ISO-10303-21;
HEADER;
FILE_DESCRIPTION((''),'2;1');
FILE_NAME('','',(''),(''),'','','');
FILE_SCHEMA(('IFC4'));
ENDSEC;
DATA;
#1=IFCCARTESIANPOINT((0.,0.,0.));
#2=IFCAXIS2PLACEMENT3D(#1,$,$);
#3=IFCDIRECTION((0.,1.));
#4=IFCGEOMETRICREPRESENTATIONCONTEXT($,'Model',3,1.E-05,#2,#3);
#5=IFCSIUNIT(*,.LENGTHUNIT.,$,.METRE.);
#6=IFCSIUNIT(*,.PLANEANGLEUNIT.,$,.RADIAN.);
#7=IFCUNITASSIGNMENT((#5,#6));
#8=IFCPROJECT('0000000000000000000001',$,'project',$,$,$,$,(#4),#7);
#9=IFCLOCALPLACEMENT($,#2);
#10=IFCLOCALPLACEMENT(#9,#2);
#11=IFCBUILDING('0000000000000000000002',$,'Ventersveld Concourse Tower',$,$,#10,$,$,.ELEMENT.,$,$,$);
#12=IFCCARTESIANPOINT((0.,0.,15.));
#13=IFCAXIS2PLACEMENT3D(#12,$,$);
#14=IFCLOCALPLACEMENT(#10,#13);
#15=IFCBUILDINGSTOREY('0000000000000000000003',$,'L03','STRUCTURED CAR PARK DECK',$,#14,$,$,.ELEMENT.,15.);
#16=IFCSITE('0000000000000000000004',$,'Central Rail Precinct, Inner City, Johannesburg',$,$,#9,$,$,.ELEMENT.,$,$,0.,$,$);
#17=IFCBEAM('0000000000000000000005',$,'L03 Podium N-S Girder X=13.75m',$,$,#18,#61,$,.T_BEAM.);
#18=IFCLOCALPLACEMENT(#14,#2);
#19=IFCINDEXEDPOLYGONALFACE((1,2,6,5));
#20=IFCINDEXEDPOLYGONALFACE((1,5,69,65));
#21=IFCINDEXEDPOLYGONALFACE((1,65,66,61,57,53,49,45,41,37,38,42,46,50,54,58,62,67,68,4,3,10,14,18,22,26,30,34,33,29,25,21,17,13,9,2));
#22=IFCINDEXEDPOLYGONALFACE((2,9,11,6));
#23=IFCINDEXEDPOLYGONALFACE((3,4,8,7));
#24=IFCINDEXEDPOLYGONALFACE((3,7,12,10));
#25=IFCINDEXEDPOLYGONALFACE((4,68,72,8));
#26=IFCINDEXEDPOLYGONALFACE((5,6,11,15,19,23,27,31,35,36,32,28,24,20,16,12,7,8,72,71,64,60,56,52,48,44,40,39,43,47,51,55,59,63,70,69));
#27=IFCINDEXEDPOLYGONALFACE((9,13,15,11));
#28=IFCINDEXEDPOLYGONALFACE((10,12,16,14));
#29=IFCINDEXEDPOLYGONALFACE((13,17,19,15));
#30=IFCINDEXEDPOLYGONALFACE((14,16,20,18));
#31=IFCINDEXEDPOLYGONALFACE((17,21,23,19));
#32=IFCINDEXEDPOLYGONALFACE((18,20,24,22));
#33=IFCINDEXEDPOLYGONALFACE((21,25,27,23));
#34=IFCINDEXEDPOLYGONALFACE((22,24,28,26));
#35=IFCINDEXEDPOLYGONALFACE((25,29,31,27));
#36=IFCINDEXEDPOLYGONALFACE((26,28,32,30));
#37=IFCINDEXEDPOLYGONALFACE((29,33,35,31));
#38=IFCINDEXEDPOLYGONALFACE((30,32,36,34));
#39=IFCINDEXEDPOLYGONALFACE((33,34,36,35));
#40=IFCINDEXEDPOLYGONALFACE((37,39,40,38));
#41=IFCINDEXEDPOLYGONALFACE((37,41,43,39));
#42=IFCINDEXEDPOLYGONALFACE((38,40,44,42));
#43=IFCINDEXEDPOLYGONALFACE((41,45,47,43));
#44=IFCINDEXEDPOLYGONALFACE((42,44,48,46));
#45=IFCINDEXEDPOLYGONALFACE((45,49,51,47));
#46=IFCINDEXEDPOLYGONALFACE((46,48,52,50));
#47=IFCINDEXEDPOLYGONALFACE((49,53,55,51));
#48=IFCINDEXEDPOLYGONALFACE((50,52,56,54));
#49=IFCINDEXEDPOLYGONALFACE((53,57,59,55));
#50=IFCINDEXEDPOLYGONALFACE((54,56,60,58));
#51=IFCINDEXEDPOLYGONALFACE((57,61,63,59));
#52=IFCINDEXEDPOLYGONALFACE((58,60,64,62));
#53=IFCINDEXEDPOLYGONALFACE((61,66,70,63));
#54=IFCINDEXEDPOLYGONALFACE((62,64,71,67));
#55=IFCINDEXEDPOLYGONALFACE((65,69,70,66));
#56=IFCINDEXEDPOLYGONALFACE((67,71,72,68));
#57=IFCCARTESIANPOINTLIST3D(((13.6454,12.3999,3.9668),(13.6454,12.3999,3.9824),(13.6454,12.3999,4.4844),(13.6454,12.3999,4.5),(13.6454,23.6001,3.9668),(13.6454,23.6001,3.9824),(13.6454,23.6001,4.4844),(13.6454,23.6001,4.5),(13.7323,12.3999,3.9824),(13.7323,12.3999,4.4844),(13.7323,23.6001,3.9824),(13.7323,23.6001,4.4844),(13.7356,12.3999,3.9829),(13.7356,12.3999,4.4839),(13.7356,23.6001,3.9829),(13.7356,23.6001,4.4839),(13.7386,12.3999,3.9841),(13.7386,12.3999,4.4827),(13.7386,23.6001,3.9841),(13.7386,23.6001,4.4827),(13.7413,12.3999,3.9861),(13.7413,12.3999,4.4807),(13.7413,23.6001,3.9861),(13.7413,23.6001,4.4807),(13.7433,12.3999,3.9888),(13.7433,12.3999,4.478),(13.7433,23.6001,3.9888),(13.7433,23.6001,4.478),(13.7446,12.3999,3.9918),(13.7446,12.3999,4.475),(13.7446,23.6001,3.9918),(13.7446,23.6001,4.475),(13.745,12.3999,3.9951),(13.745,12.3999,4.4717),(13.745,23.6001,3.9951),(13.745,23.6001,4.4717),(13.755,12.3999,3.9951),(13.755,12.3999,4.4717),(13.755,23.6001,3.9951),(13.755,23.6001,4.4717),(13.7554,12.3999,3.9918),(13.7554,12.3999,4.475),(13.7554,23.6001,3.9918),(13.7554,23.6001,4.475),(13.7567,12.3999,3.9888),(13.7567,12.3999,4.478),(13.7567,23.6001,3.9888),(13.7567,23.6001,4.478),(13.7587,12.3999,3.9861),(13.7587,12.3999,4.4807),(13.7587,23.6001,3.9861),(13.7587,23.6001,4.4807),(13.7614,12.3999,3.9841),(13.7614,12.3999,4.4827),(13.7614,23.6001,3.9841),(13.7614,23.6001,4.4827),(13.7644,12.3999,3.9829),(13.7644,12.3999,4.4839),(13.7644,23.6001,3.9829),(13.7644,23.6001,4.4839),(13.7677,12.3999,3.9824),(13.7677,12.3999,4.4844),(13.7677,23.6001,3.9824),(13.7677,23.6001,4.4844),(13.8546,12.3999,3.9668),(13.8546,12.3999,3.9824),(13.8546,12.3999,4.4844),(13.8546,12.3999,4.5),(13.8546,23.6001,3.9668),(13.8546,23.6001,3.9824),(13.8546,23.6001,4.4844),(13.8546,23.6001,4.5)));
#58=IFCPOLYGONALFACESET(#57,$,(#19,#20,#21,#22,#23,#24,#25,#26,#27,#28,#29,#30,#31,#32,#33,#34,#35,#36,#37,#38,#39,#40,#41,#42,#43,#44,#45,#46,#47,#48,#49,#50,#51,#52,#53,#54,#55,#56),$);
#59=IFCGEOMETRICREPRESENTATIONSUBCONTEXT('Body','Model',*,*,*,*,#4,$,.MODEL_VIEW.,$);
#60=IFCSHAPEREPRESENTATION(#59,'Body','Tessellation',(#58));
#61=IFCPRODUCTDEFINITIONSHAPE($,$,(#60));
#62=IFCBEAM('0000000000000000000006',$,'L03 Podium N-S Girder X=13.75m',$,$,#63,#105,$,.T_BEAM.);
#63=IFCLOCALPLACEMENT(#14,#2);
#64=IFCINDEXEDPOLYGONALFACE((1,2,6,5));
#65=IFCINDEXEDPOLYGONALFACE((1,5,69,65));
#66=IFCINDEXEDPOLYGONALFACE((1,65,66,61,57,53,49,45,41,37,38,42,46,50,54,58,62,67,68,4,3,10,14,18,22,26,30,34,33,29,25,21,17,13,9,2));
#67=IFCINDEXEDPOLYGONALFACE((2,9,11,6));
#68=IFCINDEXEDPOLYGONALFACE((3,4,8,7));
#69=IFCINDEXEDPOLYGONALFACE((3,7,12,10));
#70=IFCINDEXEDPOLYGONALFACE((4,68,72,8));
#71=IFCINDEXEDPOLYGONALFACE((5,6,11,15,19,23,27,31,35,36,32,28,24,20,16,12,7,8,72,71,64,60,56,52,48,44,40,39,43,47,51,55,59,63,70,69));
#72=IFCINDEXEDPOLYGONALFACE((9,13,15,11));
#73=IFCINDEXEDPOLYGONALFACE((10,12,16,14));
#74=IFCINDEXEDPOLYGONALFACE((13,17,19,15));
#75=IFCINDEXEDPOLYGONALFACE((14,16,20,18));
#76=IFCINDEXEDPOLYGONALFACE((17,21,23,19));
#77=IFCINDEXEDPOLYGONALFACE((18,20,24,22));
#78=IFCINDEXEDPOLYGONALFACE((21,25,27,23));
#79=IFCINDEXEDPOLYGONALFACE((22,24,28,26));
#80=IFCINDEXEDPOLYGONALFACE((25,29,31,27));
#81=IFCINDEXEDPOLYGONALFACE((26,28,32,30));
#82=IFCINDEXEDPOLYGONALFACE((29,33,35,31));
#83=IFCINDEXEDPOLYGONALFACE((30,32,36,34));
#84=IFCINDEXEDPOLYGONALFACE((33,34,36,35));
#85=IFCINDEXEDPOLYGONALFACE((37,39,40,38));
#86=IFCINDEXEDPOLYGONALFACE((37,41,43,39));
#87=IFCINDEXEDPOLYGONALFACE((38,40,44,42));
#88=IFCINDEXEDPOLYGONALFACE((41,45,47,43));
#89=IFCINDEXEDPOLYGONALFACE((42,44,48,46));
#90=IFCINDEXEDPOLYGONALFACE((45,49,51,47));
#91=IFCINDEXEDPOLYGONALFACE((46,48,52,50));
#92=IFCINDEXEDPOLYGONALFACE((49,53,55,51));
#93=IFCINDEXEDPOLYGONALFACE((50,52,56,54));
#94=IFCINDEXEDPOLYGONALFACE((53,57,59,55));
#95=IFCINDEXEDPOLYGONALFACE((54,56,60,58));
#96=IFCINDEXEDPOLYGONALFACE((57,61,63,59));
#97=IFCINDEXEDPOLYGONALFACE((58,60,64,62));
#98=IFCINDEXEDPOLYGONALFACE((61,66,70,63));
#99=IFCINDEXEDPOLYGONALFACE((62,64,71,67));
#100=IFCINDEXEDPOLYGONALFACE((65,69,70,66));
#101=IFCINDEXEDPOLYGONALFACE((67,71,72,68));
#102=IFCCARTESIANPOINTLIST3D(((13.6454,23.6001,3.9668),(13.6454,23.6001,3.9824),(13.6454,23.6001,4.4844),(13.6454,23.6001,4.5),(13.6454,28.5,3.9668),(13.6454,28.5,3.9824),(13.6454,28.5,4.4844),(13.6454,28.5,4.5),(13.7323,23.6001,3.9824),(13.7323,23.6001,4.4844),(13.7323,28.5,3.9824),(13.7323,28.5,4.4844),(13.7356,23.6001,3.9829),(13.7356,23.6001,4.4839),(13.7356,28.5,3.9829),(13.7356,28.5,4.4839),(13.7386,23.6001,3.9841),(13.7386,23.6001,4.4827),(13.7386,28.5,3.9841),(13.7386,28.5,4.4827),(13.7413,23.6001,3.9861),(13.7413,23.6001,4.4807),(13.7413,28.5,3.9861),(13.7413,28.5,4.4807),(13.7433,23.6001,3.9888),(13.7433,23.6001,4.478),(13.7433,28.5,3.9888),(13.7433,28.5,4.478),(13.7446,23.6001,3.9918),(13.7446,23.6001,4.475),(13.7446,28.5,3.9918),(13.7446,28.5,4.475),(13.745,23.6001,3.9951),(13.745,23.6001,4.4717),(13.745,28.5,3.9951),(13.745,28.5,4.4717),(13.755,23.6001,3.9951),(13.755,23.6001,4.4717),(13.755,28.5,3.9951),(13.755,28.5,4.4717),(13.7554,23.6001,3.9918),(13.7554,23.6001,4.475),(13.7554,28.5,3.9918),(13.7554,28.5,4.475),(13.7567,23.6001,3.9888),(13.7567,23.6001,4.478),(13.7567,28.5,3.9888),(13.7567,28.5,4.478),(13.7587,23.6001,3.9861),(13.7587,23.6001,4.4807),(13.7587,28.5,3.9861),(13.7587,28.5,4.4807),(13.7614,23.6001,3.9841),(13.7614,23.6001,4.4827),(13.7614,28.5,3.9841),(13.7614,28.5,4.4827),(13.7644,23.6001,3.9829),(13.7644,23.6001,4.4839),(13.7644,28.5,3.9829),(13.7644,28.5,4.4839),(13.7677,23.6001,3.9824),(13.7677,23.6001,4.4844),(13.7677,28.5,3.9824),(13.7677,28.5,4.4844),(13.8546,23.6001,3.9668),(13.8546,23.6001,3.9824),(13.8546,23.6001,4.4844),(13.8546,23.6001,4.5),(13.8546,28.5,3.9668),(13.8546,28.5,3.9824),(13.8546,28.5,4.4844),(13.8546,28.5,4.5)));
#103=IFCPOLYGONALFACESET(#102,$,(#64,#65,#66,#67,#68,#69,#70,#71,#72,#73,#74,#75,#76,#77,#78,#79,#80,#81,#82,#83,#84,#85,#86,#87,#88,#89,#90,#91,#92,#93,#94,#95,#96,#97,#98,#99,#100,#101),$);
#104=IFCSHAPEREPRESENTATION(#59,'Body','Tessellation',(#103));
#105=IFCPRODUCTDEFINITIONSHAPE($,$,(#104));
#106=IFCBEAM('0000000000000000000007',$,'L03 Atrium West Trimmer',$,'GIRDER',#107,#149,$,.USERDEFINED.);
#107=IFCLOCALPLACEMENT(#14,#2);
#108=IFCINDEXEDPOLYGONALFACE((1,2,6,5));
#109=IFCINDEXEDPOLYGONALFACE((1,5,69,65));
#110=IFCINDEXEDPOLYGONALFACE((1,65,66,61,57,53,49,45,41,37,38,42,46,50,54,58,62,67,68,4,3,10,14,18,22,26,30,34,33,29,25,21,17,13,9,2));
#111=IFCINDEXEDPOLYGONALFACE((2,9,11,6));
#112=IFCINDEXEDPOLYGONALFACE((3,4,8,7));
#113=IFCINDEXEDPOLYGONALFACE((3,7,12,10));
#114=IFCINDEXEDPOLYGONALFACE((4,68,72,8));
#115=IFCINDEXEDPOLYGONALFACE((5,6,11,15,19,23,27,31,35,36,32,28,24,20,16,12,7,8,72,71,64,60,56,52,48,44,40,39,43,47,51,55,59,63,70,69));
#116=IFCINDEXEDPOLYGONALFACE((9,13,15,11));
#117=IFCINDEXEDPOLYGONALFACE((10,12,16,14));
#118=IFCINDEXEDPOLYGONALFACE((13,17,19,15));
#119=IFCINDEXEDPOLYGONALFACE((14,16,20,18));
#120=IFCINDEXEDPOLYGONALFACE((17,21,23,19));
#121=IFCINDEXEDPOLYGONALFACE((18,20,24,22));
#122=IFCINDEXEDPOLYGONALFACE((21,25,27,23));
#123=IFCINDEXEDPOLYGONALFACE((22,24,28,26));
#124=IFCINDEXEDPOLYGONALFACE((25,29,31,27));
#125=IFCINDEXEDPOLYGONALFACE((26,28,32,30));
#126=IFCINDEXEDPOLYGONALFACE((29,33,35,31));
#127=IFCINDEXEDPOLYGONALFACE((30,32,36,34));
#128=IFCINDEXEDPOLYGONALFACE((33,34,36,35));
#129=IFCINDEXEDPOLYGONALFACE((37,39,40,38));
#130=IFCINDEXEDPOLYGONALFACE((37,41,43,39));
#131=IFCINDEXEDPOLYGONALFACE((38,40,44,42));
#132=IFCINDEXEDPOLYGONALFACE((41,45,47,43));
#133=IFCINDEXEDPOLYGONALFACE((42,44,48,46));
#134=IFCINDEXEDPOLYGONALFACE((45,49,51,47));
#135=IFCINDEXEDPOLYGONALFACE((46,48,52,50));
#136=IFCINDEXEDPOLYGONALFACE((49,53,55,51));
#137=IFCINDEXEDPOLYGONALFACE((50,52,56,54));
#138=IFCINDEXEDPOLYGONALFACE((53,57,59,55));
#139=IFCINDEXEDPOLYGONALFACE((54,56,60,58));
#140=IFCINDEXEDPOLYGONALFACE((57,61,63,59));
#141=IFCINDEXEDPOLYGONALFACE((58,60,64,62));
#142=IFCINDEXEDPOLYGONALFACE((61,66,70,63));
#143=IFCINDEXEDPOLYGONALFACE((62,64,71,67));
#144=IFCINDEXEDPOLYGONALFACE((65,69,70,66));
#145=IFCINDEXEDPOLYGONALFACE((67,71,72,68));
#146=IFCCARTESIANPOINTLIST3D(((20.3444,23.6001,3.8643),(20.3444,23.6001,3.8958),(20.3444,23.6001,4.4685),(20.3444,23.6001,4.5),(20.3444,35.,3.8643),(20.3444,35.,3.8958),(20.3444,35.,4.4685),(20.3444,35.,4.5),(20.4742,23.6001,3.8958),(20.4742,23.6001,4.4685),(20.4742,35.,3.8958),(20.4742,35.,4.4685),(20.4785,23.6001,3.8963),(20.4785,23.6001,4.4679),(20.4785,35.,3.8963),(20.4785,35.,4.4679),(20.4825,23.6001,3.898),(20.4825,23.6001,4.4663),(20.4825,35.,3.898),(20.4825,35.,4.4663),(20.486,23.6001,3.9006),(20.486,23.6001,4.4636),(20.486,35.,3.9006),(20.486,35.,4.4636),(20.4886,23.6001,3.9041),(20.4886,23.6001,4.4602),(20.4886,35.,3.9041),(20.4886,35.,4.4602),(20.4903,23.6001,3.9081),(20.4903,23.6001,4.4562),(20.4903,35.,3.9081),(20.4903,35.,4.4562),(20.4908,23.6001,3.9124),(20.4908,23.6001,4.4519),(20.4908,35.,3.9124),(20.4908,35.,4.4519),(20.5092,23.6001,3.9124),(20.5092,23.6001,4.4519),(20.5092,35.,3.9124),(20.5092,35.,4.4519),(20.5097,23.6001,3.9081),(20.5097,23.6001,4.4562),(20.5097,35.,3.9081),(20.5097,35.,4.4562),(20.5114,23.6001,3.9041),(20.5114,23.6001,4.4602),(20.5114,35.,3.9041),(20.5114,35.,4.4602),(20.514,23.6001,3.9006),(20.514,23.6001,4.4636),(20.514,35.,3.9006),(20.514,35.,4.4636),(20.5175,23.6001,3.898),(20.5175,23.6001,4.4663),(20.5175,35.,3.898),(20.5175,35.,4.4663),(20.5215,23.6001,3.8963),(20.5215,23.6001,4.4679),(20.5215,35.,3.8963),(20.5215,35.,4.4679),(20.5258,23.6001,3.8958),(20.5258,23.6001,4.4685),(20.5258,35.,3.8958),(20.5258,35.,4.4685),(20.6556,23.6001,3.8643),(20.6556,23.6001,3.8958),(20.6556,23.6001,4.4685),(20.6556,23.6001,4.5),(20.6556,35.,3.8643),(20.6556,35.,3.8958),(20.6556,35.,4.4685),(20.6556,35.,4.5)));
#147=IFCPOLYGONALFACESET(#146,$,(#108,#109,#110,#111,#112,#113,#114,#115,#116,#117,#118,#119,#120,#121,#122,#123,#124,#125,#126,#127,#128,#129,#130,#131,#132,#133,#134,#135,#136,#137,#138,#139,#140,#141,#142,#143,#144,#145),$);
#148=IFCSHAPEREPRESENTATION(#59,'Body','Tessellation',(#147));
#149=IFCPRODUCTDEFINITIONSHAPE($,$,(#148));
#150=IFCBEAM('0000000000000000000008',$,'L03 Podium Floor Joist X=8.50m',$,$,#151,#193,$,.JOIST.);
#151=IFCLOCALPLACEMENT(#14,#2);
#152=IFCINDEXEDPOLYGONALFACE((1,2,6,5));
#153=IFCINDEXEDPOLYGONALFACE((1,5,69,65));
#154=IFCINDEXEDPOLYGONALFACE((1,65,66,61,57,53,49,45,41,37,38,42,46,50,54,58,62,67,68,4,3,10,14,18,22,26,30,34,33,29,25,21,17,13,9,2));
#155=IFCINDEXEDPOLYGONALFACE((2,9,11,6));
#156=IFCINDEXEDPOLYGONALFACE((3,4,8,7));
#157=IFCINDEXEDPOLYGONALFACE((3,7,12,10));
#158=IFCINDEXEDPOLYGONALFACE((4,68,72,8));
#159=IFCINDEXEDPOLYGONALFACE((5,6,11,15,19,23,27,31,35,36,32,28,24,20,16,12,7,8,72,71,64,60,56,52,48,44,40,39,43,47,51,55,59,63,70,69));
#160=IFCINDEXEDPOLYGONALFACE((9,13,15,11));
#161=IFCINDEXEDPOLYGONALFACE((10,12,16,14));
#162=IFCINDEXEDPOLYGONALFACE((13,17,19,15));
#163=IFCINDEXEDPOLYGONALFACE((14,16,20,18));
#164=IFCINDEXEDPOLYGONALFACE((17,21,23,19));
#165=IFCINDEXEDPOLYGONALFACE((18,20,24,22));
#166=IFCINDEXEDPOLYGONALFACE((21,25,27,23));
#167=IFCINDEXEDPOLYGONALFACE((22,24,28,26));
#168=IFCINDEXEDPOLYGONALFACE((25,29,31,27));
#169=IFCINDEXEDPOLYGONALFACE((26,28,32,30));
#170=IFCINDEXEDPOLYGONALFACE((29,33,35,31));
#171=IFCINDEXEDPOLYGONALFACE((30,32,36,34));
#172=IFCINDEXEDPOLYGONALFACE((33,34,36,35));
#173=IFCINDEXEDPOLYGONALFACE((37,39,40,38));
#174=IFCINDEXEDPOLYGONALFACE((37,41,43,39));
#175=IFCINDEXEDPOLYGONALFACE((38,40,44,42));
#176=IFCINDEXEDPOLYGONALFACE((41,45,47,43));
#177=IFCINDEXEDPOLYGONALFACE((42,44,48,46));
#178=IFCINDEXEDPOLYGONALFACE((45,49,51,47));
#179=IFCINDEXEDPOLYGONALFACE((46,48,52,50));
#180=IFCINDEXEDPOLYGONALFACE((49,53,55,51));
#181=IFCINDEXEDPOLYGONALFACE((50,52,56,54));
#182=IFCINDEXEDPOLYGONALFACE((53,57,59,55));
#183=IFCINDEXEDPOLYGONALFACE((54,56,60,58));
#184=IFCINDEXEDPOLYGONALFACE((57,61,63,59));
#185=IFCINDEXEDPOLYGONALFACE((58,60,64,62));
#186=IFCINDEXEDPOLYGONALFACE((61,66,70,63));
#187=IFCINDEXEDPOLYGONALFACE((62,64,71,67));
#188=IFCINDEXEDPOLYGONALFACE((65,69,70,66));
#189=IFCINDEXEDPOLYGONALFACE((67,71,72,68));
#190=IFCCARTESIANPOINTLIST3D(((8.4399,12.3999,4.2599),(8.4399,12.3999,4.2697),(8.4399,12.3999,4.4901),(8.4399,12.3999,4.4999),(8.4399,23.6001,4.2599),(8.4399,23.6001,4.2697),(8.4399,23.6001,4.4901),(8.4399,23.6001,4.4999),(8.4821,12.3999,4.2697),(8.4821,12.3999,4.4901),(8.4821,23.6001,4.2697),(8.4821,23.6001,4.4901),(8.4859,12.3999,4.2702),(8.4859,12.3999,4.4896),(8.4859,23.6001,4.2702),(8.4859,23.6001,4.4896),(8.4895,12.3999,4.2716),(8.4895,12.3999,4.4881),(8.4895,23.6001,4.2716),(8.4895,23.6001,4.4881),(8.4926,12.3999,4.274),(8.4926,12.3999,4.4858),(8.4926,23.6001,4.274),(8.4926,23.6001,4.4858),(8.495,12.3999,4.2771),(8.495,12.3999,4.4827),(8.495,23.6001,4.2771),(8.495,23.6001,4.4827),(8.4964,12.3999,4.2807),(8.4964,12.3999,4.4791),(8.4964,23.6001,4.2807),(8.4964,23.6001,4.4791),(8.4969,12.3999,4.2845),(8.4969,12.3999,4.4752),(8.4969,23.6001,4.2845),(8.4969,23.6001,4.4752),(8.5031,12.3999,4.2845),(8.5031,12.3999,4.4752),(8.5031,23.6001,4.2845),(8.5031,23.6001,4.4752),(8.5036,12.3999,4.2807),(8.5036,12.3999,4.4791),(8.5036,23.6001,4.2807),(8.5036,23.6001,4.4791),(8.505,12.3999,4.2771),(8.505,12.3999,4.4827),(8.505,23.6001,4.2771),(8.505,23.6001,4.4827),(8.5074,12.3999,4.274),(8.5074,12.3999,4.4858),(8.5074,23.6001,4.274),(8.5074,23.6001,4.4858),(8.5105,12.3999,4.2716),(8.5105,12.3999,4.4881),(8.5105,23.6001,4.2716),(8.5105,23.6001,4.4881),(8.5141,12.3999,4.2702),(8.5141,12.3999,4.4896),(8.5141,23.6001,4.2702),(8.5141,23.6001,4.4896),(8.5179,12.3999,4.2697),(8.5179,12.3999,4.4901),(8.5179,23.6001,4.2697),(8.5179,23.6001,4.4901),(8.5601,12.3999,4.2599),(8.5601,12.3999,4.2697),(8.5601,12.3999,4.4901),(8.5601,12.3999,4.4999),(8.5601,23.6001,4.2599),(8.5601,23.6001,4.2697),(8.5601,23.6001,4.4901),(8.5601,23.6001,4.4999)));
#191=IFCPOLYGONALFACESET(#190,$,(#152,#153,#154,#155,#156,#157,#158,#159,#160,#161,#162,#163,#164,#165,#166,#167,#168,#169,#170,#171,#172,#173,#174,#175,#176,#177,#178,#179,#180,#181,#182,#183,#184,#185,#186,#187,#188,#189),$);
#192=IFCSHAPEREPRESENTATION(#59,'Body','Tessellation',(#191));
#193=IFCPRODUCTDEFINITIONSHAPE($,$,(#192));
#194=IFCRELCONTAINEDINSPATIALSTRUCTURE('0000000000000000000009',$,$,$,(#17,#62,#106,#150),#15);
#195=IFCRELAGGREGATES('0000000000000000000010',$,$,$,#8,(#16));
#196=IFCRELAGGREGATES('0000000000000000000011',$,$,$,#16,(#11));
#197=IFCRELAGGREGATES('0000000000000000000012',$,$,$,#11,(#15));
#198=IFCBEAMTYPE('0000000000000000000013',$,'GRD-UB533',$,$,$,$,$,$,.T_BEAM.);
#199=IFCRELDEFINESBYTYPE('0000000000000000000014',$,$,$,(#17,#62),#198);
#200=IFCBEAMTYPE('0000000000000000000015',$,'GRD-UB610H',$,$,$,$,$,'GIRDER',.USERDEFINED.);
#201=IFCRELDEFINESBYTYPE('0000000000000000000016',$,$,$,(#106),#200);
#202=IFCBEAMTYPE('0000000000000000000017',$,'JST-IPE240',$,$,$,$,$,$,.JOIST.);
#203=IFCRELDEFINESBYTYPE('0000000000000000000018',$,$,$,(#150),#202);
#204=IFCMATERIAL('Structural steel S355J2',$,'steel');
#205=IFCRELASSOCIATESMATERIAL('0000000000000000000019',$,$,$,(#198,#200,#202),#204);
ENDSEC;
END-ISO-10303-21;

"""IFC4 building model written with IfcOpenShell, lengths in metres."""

from ifc_helpers import new_model, si_unit, direction, frame, origin, origin_2d, place, context, subcontext, project, spatial, i_section, extrude, material, material_profile, profile_set, type_object, element, save


model = new_model("IFC4")

# Units and contexts
model_context = context("Model", 3, precision=1e-05, world=origin(), true_north=direction((0.0, 1.0)))
body_context = subcontext(model_context, "Body", "Model", "MODEL_VIEW")
ifc_project = project(units=[si_unit("LENGTHUNIT", "METRE"), si_unit("PLANEANGLEUNIT", "RADIAN")], contexts=[model_context])

# Site, building, storey
site_placement = place(None, origin())
site = spatial("IfcSite", under=ifc_project, at=site_placement, Name="Central Rail Precinct, Inner City, Johannesburg", CompositionType="ELEMENT", RefElevation=0.0)
building_placement = place(site_placement, origin())
building = spatial("IfcBuilding", under=site, at=building_placement, Name="Ventersveld Concourse Tower", CompositionType="ELEMENT")
storey_placement = place(building_placement, frame((0.0, 0.0, 15.0)))
storey = spatial("IfcBuildingStorey", under=building, at=storey_placement, Name="L03", Description="STRUCTURED CAR PARK DECK", CompositionType="ELEMENT", Elevation=15.0)

# Beams
ifc_material_1 = material(Name="Structural steel S355J2", Category="steel")
ifc_material_profile_1 = material_profile(ifc_material_1, i_section(OverallWidth=0.2092, OverallDepth=0.5332, WebThickness=0.01, FlangeThickness=0.0156, FilletRadius=0.0127, at=origin_2d()), Name="UB 533x210x92")
ifc_profile_set_1 = profile_set([ifc_material_profile_1], Name="Structural steel S355J2")
beam_type_1 = type_object("IfcBeamType", Name="GRD-UB533", PredefinedType="T_BEAM", material=ifc_profile_set_1)
beam_1_placement = place(storey_placement, frame((13.75, 12.3999, 4.2334), z_axis=(0.0, 1.0, 0.0), x_axis=(-1.0, 0.0, 0.0)))
element("IfcBeam", 1, at=beam_1_placement, inside=storey, type_object=beam_type_1, Name="L03 Podium N-S Girder X=13.75m", PredefinedType="T_BEAM", context=body_context, shape_type="SweptSolid", body=[
    extrude(i_section(OverallWidth=0.2092, OverallDepth=0.5332, WebThickness=0.01, FlangeThickness=0.0156, FilletRadius=0.0127, at=origin_2d()), origin(), (0.0, 0.0, 1.0), 11.2002),
])
beam_2_placement = place(storey_placement, frame((13.75, 23.6001, 4.2334), z_axis=(0.0, 1.0, 0.0), x_axis=(-1.0, 0.0, 0.0)))
element("IfcBeam", 2, at=beam_2_placement, inside=storey, type_object=beam_type_1, Name="L03 Podium N-S Girder X=13.75m", PredefinedType="T_BEAM", context=body_context, shape_type="SweptSolid", body=[
    extrude(i_section(OverallWidth=0.2092, OverallDepth=0.5332, WebThickness=0.01, FlangeThickness=0.0156, FilletRadius=0.0127, at=origin_2d()), origin(), (0.0, 0.0, 1.0), 4.8999),
])
ifc_material_profile_2 = material_profile(ifc_material_1, i_section(OverallWidth=0.3113, OverallDepth=0.6357, WebThickness=0.0183, FlangeThickness=0.0315, FilletRadius=0.0166, at=origin_2d()), Name="UB 610x305x238")
ifc_profile_set_2 = profile_set([ifc_material_profile_2], Name="Structural steel S355J2")
beam_type_2 = type_object("IfcBeamType", Name="GRD-UB610H", ElementType="GIRDER", PredefinedType="USERDEFINED", material=ifc_profile_set_2)
beam_3_placement = place(storey_placement, frame((20.5, 23.6001, 4.1821), z_axis=(0.0, 1.0, 0.0), x_axis=(-1.0, 0.0, 0.0)))
element("IfcBeam", 3, at=beam_3_placement, inside=storey, type_object=beam_type_2, Name="L03 Atrium West Trimmer", ObjectType="GIRDER", PredefinedType="USERDEFINED", context=body_context, shape_type="SweptSolid", body=[
    extrude(i_section(OverallWidth=0.3113, OverallDepth=0.6357, WebThickness=0.0183, FlangeThickness=0.0315, FilletRadius=0.0166, at=origin_2d()), origin(), (0.0, 0.0, 1.0), 11.3999),
])
ifc_material_profile_3 = material_profile(ifc_material_1, i_section(OverallWidth=0.1201, OverallDepth=0.24, WebThickness=0.0061, FlangeThickness=0.0098, FilletRadius=0.0149, at=origin_2d()), Name="IPE 240")
ifc_profile_set_3 = profile_set([ifc_material_profile_3], Name="Structural steel S355J2")
beam_type_3 = type_object("IfcBeamType", Name="JST-IPE240", PredefinedType="JOIST", material=ifc_profile_set_3)
for number, where, z_axis, x_axis, name in (
    (4, (8.5, 12.3999, 4.3799), (0.0, 1.0, 0.0), (-1.0, 0.0, 0.0), "L03 Podium Floor Joist X=8.50m"),
):
    element("IfcBeam", number, at=place(storey_placement, frame(where, z_axis=z_axis, x_axis=x_axis)), inside=storey, type_object=beam_type_3, Name=name, PredefinedType="JOIST", context=body_context, shape_type="SweptSolid", body=[
        extrude(i_section(OverallWidth=0.1201, OverallDepth=0.24, WebThickness=0.0061, FlangeThickness=0.0098, FilletRadius=0.0149, at=origin_2d()), origin(), (0.0, 0.0, 1.0), 11.2002),
    ])

save(model, "model.ifc")
